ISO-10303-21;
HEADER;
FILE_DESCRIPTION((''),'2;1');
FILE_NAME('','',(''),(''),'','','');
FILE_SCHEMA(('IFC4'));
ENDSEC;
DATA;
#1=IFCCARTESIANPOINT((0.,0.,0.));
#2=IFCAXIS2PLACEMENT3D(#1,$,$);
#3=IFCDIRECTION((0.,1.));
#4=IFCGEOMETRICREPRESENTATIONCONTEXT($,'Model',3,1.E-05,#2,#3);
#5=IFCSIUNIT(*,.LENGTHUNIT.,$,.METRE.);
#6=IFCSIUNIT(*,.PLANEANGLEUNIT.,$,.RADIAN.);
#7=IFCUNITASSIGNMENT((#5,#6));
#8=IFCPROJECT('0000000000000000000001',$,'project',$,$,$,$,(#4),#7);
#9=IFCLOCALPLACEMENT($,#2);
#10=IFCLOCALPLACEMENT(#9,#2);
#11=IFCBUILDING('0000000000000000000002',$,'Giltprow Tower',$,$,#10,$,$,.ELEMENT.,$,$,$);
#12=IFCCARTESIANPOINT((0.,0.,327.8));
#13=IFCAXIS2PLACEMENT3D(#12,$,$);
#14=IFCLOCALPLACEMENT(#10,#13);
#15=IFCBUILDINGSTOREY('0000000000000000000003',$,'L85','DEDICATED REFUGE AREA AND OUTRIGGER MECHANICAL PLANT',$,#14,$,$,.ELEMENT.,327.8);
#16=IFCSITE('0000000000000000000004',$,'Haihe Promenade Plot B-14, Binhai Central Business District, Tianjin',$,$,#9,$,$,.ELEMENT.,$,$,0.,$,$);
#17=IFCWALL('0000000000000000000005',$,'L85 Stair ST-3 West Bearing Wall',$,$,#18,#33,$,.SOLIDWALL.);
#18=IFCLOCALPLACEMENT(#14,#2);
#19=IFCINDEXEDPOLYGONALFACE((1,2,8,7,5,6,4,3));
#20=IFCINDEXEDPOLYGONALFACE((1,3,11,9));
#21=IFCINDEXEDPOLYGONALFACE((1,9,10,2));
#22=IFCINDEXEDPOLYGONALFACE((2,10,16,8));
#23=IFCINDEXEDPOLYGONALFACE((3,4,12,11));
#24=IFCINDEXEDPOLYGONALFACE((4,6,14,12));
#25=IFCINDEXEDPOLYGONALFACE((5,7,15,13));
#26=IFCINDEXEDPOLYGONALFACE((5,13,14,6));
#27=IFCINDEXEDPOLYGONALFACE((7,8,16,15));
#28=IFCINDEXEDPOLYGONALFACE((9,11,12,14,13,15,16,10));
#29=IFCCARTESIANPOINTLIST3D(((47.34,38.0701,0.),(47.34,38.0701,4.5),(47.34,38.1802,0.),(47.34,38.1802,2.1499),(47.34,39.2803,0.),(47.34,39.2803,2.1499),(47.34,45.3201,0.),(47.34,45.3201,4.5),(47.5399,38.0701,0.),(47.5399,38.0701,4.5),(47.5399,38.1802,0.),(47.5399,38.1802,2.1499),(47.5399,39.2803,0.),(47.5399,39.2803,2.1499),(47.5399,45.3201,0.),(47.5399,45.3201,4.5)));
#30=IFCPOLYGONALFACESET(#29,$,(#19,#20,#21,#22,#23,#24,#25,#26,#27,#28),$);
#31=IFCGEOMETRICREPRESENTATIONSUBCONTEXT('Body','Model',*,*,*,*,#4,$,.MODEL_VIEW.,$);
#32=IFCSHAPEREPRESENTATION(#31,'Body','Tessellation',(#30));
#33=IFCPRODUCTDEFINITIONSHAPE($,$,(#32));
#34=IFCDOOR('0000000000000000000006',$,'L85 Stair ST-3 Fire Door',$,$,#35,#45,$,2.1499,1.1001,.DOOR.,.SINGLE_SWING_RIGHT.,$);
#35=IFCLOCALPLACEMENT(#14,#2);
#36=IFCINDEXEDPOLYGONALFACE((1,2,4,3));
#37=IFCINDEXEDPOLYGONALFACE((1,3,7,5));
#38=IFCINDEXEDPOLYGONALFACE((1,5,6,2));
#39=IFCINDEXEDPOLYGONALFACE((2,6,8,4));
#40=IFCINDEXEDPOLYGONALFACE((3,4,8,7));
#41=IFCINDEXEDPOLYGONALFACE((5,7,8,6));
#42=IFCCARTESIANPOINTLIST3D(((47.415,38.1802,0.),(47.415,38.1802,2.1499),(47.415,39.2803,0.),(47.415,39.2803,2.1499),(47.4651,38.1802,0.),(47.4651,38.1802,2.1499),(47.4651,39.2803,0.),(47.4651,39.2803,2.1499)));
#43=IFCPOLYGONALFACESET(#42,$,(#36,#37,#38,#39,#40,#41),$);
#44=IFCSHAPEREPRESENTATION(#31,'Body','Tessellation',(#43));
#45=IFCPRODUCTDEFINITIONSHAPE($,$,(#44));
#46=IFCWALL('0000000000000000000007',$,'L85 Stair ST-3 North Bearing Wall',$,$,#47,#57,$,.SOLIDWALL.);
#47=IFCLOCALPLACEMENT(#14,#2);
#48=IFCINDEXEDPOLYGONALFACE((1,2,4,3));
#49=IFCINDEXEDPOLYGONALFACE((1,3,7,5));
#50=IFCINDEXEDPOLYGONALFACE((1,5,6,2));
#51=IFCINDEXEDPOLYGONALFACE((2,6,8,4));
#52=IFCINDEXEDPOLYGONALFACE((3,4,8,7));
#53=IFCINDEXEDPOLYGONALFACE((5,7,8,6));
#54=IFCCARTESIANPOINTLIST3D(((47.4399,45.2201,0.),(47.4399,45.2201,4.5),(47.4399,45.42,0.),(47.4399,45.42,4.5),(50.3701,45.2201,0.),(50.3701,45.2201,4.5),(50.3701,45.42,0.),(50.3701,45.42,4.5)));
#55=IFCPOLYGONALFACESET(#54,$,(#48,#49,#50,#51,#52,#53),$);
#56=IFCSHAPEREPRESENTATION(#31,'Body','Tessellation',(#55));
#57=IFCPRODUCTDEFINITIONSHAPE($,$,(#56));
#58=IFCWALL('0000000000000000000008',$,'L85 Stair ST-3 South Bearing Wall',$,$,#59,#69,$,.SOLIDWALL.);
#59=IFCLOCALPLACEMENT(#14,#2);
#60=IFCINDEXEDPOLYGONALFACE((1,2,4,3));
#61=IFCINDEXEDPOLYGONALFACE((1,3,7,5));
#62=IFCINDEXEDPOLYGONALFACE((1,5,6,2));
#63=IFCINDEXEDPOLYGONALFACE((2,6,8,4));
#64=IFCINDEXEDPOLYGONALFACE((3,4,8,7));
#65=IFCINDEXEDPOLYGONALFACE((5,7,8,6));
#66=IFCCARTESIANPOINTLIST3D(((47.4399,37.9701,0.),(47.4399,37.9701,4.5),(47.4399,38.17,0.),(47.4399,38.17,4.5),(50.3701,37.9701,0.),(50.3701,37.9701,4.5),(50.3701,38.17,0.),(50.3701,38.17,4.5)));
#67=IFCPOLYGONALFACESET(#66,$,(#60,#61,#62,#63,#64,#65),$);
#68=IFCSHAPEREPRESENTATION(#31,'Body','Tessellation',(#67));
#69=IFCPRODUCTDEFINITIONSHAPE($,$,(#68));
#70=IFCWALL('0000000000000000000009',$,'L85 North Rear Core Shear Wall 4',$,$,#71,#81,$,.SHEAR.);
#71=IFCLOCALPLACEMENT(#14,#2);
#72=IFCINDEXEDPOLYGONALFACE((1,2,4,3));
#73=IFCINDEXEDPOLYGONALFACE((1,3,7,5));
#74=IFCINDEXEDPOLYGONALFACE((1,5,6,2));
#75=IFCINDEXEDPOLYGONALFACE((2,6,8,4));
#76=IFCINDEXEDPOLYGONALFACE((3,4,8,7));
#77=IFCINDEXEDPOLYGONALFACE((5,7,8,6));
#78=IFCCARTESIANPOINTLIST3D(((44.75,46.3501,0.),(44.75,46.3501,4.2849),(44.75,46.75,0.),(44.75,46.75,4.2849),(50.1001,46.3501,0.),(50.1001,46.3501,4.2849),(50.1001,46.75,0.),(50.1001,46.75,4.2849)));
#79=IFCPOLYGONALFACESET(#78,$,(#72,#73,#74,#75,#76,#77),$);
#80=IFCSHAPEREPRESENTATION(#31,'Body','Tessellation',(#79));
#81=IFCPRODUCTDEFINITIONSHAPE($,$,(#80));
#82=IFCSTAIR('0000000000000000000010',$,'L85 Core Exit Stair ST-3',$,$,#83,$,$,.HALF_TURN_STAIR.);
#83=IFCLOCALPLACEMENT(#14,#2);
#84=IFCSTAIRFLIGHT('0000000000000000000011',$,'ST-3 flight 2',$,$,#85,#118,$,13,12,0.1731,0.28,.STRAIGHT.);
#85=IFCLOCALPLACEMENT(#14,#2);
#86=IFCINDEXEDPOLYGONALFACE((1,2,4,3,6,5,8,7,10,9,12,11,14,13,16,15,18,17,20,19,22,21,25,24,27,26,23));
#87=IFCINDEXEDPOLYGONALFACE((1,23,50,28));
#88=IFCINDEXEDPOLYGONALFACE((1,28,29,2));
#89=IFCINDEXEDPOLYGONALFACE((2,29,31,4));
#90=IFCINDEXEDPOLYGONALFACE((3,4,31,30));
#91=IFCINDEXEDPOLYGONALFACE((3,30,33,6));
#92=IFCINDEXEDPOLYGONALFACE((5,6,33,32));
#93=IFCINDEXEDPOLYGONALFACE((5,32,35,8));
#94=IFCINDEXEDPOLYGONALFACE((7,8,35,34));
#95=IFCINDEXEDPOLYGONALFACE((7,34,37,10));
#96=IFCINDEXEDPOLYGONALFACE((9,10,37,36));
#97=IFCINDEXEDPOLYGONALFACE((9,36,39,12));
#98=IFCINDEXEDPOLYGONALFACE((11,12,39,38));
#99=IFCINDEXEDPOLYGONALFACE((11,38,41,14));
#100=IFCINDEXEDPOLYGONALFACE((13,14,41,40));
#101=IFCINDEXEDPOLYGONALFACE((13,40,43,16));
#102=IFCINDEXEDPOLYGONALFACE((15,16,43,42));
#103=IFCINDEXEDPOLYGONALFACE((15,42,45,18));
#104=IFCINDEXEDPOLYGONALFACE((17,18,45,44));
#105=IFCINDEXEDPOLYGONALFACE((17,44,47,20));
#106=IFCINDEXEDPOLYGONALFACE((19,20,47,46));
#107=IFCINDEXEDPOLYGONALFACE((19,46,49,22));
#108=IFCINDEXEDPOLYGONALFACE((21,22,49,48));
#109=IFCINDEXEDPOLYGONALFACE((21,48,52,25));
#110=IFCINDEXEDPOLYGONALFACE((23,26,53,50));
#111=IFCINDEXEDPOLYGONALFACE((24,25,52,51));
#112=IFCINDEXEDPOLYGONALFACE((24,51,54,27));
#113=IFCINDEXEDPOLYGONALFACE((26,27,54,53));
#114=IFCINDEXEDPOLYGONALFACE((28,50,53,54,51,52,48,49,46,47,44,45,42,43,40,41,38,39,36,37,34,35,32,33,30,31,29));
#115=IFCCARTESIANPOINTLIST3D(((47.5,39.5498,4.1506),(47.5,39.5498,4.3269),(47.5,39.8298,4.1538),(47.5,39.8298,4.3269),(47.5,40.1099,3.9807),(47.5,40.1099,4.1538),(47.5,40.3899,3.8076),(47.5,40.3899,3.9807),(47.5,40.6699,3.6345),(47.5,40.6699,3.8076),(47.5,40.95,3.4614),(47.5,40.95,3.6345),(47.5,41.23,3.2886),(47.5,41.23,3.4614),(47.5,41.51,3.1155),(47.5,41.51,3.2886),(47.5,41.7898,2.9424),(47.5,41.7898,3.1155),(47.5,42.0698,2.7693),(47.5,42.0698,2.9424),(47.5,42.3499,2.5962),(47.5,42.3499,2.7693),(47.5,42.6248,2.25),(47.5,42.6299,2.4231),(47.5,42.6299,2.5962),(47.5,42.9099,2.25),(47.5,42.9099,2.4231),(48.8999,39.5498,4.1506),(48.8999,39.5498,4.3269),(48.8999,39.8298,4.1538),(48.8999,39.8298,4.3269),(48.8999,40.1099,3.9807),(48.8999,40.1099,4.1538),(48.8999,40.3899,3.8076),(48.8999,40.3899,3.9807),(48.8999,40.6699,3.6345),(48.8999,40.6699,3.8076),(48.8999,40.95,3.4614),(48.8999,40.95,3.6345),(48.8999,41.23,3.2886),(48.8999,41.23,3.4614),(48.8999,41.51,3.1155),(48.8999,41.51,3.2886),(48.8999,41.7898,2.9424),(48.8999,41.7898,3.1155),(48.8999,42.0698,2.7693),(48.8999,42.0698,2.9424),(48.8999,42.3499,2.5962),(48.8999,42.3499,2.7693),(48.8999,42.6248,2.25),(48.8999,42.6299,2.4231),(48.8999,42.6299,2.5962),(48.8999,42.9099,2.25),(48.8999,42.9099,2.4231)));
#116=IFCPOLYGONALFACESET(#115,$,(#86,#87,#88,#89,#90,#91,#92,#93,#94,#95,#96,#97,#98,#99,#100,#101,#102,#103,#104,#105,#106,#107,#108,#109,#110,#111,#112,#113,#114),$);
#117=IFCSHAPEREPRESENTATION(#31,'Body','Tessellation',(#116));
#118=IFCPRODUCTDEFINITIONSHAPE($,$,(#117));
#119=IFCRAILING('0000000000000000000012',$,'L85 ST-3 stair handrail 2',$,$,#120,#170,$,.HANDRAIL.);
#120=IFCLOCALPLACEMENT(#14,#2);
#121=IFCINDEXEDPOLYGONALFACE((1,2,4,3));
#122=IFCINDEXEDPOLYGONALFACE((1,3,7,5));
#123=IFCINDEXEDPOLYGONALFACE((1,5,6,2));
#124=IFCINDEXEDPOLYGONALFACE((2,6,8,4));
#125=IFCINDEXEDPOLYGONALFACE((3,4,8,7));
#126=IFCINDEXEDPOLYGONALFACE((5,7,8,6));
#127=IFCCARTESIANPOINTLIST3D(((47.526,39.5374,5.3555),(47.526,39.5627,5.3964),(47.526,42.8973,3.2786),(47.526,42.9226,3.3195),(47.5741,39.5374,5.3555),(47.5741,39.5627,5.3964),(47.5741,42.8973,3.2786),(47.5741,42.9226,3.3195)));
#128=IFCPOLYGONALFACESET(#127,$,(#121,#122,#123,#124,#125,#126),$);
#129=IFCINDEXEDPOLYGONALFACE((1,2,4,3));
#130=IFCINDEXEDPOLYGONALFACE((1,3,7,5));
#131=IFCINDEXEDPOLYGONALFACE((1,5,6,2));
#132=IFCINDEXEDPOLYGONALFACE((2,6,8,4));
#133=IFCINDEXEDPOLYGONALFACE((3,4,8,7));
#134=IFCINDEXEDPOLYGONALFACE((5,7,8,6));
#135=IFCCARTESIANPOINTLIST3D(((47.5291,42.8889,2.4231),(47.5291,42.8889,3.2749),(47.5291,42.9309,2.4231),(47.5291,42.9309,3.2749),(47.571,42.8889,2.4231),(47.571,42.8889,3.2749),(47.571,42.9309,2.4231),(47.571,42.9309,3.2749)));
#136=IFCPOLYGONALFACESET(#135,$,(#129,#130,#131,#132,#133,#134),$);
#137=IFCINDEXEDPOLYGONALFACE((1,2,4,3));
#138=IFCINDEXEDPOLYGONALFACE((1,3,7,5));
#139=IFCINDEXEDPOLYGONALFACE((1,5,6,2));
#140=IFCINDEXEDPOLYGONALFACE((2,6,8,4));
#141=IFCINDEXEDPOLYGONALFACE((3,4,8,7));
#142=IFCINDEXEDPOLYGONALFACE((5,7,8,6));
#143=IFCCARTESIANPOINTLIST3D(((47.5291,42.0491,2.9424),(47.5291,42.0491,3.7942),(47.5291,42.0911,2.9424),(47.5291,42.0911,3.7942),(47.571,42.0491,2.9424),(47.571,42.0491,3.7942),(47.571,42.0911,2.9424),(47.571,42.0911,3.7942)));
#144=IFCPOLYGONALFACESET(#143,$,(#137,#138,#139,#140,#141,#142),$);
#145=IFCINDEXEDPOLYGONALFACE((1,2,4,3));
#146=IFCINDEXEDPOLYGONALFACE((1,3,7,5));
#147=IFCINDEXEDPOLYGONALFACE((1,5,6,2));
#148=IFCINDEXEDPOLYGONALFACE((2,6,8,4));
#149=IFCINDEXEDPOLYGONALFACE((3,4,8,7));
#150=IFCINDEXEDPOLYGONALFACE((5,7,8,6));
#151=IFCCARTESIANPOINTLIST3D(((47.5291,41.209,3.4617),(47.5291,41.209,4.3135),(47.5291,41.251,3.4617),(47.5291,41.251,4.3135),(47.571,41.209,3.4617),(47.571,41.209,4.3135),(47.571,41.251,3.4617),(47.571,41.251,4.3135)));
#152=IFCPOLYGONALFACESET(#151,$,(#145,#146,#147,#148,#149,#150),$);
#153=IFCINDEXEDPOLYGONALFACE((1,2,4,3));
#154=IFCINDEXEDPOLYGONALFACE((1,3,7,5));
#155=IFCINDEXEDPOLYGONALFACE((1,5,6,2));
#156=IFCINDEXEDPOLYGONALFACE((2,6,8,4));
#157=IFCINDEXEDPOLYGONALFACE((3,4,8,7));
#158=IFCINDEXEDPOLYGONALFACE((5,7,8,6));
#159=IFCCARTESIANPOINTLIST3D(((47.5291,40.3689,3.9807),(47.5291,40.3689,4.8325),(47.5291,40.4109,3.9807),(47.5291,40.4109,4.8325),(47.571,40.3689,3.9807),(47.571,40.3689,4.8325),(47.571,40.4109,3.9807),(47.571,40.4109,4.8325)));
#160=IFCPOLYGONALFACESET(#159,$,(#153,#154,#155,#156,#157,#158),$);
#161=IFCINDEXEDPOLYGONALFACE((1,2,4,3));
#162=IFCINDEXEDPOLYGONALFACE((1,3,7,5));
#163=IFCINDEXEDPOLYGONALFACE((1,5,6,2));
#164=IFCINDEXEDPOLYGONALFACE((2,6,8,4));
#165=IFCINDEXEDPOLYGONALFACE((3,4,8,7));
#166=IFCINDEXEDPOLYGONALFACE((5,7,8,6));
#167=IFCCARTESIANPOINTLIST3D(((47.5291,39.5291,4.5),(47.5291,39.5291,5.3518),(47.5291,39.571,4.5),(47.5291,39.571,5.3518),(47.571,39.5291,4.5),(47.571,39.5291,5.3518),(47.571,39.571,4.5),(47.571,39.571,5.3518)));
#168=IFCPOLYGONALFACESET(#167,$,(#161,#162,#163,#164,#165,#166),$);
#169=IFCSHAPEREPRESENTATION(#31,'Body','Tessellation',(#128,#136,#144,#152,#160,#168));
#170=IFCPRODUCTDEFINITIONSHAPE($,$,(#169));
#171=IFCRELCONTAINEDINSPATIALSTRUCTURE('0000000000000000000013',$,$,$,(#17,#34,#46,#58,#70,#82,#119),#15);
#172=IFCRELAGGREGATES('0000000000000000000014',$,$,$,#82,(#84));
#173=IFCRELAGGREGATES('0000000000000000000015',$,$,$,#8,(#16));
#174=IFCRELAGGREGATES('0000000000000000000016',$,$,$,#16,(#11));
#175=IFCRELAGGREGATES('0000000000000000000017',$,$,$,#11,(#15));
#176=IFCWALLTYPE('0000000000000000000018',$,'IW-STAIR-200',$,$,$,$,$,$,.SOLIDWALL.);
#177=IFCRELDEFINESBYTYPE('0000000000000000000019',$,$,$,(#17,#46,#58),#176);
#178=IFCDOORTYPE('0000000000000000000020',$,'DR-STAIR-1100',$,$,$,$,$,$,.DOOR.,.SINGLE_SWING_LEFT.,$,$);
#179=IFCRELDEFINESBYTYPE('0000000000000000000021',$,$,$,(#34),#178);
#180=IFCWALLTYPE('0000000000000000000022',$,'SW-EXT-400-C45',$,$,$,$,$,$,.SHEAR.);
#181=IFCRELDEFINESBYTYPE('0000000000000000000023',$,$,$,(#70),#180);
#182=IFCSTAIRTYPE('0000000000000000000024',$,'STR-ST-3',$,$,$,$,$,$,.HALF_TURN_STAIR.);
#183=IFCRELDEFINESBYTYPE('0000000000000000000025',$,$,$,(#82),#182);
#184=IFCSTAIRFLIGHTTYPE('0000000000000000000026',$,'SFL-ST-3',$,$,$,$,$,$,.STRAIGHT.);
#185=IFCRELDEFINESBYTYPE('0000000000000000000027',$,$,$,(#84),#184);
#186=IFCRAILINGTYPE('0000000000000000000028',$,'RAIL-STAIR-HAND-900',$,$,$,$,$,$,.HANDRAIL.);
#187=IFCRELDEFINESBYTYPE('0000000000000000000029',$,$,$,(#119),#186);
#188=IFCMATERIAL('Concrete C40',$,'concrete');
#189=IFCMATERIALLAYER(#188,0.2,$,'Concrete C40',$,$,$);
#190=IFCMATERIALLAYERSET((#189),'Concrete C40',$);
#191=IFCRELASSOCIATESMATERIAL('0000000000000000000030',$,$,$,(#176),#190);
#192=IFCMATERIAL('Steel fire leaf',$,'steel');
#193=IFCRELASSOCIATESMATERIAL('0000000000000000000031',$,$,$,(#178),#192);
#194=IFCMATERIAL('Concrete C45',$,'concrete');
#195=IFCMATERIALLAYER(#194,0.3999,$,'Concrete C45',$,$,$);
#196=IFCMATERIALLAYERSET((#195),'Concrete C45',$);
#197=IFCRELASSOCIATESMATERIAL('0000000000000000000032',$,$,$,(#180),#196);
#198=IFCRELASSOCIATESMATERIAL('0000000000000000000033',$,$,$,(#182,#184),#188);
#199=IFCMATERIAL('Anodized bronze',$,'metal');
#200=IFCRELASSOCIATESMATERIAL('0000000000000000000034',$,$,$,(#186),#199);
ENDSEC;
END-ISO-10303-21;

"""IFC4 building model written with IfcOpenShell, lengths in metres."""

from ifc_helpers import new_model, si_unit, direction, frame, frame_2d, origin, origin_2d, place, context, subcontext, project, spatial, polyline, rectangle, outline, extrude, source, transform, mapped, material, layer, layer_set, type_object, element, fill, aggregate, save


model = new_model("IFC4")

# Units and contexts
model_context = context("Model", 3, precision=1e-05, world=origin(), true_north=direction((0.0, 1.0)))
body_context = subcontext(model_context, "Body", "Model", "MODEL_VIEW")
ifc_project = project(units=[si_unit("LENGTHUNIT", "METRE"), si_unit("PLANEANGLEUNIT", "RADIAN")], contexts=[model_context])

# Site, building, storey
site_placement = place(None, origin())
site = spatial("IfcSite", under=ifc_project, at=site_placement, Name="Haihe Promenade Plot B-14, Binhai Central Business District, Tianjin", CompositionType="ELEMENT", RefElevation=0.0)
building_placement = place(site_placement, origin())
building = spatial("IfcBuilding", under=site, at=building_placement, Name="Giltprow Tower", CompositionType="ELEMENT")
storey_placement = place(building_placement, frame((0.0, 0.0, 327.8)))
storey = spatial("IfcBuildingStorey", under=building, at=storey_placement, Name="L85", Description="DEDICATED REFUGE AREA AND OUTRIGGER MECHANICAL PLANT", CompositionType="ELEMENT", Elevation=327.8)

# Shared definitions
ifc_material_1 = material(Name="Concrete C45", Category="concrete")

# Shared definitions
ifc_material_2 = material(Name="Concrete C40", Category="concrete")

# Wall, opening, door
ifc_layer_1 = layer(ifc_material_2, 0.2, Name="Concrete C40")
ifc_layer_set_1 = layer_set([ifc_layer_1], Name="Concrete C40")
wall_type_1 = type_object("IfcWallType", Name="IW-STAIR-200", PredefinedType="SOLIDWALL", material=ifc_layer_set_1)
wall_1_placement = place(storey_placement, frame((47.4399, 38.0701, 0.0), z_axis=(0.0, 0.0, 1.0), x_axis=(0.0, 1.0, 0.0)))
wall_1 = element("IfcWall", 1, at=wall_1_placement, inside=storey, type_object=wall_type_1, Name="L85 Stair ST-3 West Bearing Wall", PredefinedType="SOLIDWALL", context=body_context, shape_type="SweptSolid", body=[
    extrude(rectangle(XDim=7.25, YDim=0.2, at=frame_2d((3.625, 0.0))), origin(), (0.0, 0.0, 1.0), 4.5),
])
opening_1_placement = place(wall_1_placement, frame((0.1101, 0.0, 0.0)))
opening_1 = element("IfcOpeningElement", 2, at=opening_1_placement, cuts=wall_1, PredefinedType="OPENING", context=body_context, shape_type="SweptSolid", body=[
    extrude(rectangle(XDim=1.1001, YDim=2.1499, at=frame_2d((0.55, 1.075))), frame((0.0, 0.1099, 0.0), z_axis=(0.0, -1.0, 0.0), x_axis=(1.0, 0.0, 0.0)), (0.0, 0.0, 1.0), 0.22),
])
ifc_material_3 = material(Name="Steel fire leaf", Category="steel")
door_type_1 = type_object("IfcDoorType", Name="DR-STAIR-1100", OperationType="SINGLE_SWING_LEFT", PredefinedType="DOOR", material=ifc_material_3)
shared_shape_1 = source(origin(), body_context, "Body", "SweptSolid", [
    extrude(rectangle(XDim=1.1001, YDim=2.1499, at=frame_2d((0.55, 1.075))), frame((0.0, 0.0249, 0.0), z_axis=(0.0, -1.0, 0.0), x_axis=(1.0, 0.0, 0.0)), (0.0, 0.0, 1.0), 0.05),
])
door_1_placement = place(opening_1_placement, origin())
door_1 = element("IfcDoor", 3, at=door_1_placement, inside=storey, type_object=door_type_1, Name="L85 Stair ST-3 Fire Door", OperationType="SINGLE_SWING_RIGHT", OverallHeight=2.1499, OverallWidth=1.1001, PredefinedType="DOOR", context=body_context, shape_type="MappedRepresentation", body=[
    mapped(shared_shape_1, transform((0.0, 0.0, 0.0), x_axis=(1.0, 0.0, 0.0), y_axis=(0.0, 1.0, 0.0), z_axis=(0.0, 0.0, 1.0), scale=1.0)),
])
fill(opening_1, door_1)

# Walls
for number, where, z_axis, x_axis, name in (
    (4, (47.4399, 45.3201, 0.0), (0.0, 0.0, 1.0), (1.0, 0.0, 0.0), "L85 Stair ST-3 North Bearing Wall"),
    (5, (47.4399, 38.0701, 0.0), (0.0, 0.0, 1.0), (1.0, 0.0, 0.0), "L85 Stair ST-3 South Bearing Wall"),
):
    element("IfcWall", number, at=place(storey_placement, frame(where, z_axis=z_axis, x_axis=x_axis)), inside=storey, type_object=wall_type_1, Name=name, PredefinedType="SOLIDWALL", context=body_context, shape_type="SweptSolid", body=[
        extrude(rectangle(XDim=2.9302, YDim=0.2, at=frame_2d((1.4651, 0.0))), origin(), (0.0, 0.0, 1.0), 4.5),
    ])
ifc_layer_2 = layer(ifc_material_1, 0.3999, Name="Concrete C45")
ifc_layer_set_2 = layer_set([ifc_layer_2], Name="Concrete C45")
wall_type_2 = type_object("IfcWallType", Name="SW-EXT-400-C45", PredefinedType="SHEAR", material=ifc_layer_set_2)
wall_2_placement = place(storey_placement, frame((44.75, 46.55, 0.0), z_axis=(0.0, 0.0, 1.0), x_axis=(1.0, 0.0, 0.0)))
element("IfcWall", 6, at=wall_2_placement, inside=storey, type_object=wall_type_2, Name="L85 North Rear Core Shear Wall 4", PredefinedType="SHEAR", context=body_context, shape_type="SweptSolid", body=[
    extrude(rectangle(XDim=5.3501, YDim=0.3999, at=frame_2d((2.675, 0.0))), origin(), (0.0, 0.0, 1.0), 4.2849),
])

# Stair, stair flight
stair_type = type_object("IfcStairType", Name="STR-ST-3", PredefinedType="HALF_TURN_STAIR", material=ifc_material_2)
stair_placement = place(storey_placement, origin())
stair = element("IfcStair", 7, at=stair_placement, inside=storey, type_object=stair_type, Name="L85 Core Exit Stair ST-3", PredefinedType="HALF_TURN_STAIR")
stair_flight_type = type_object("IfcStairFlightType", Name="SFL-ST-3", PredefinedType="STRAIGHT", material=ifc_material_2)
stair_flight_placement = place(storey_placement, frame((48.2, 42.9099, 2.25), z_axis=(0.0, 0.0, 1.0), x_axis=(0.0, -1.0, 0.0)))
stair_flight = element("IfcStairFlight", 8, at=stair_flight_placement, type_object=stair_flight_type, Name="ST-3 flight 2", NumberOfRisers=13, NumberOfTreads=12, PredefinedType="STRAIGHT", RiserHeight=0.1731, TreadLength=0.28, context=body_context, shape_type="SweptSolid", body=[
    extrude(outline(polyline([(0.0, 0.0), (0.0, 0.1731), (0.28, 0.1731), (0.28, 0.3462), (0.5601, 0.3462), (0.5601, 0.5193), (0.8401, 0.5193), (0.8401, 0.6924), (1.1201, 0.6924), (1.1201, 0.8655), (1.3999, 0.8655), (1.3999, 1.0386), (1.6799, 1.0386), (1.6799, 1.2114), (1.96, 1.2114), (1.96, 1.3845), (2.24, 1.3845), (2.24, 1.5576), (2.52, 1.5576), (2.52, 1.7307), (2.8, 1.7307), (2.8, 1.9038), (3.0801, 1.9038), (3.0801, 2.0769), (3.3601, 2.0769), (3.3601, 2.25), (3.3601, 1.9006), (0.2852, 0.0), (0.0, 0.0)])), frame((0.0, 0.7, 0.0), z_axis=(0.0, -1.0, 0.0), x_axis=(1.0, 0.0, 0.0)), (0.0, 0.0, 1.0), 1.3999),
])
aggregate(stair, [stair_flight])

# Railing
ifc_material_4 = material(Name="Anodized bronze", Category="metal")
railing_type = type_object("IfcRailingType", Name="RAIL-STAIR-HAND-900", PredefinedType="HANDRAIL", material=ifc_material_4)
railing_placement = place(storey_placement, frame((47.55, 42.9099, 2.4231)))
element("IfcRailing", 9, at=railing_placement, inside=storey, type_object=railing_type, Name="L85 ST-3 stair handrail 2", PredefinedType="HANDRAIL", context=body_context, shape_type="SweptSolid", body=[
    extrude(rectangle(XDim=0.0481, YDim=0.0481, at=origin_2d()), frame((0.0, 0.0, 0.876), z_axis=(0.0, -0.850606, 0.525803), x_axis=(1.0, 0.0, 0.0)), (0.0, 0.0, 1.0), 3.95),
    extrude(rectangle(XDim=0.042, YDim=0.042, at=origin_2d()), origin(), (0.0, 0.0, 1.0), 0.8518),
    extrude(rectangle(XDim=0.042, YDim=0.042, at=origin_2d()), frame((0.0, -0.8398, 0.5193)), (0.0, 0.0, 1.0), 0.8518),
    extrude(rectangle(XDim=0.042, YDim=0.042, at=origin_2d()), frame((0.0, -1.6799, 1.0386)), (0.0, 0.0, 1.0), 0.8518),
    extrude(rectangle(XDim=0.042, YDim=0.042, at=origin_2d()), frame((0.0, -2.52, 1.5576)), (0.0, 0.0, 1.0), 0.8518),
    extrude(rectangle(XDim=0.042, YDim=0.042, at=origin_2d()), frame((0.0, -3.3599, 2.0769)), (0.0, 0.0, 1.0), 0.8518),
])

save(model, "model.ifc")
